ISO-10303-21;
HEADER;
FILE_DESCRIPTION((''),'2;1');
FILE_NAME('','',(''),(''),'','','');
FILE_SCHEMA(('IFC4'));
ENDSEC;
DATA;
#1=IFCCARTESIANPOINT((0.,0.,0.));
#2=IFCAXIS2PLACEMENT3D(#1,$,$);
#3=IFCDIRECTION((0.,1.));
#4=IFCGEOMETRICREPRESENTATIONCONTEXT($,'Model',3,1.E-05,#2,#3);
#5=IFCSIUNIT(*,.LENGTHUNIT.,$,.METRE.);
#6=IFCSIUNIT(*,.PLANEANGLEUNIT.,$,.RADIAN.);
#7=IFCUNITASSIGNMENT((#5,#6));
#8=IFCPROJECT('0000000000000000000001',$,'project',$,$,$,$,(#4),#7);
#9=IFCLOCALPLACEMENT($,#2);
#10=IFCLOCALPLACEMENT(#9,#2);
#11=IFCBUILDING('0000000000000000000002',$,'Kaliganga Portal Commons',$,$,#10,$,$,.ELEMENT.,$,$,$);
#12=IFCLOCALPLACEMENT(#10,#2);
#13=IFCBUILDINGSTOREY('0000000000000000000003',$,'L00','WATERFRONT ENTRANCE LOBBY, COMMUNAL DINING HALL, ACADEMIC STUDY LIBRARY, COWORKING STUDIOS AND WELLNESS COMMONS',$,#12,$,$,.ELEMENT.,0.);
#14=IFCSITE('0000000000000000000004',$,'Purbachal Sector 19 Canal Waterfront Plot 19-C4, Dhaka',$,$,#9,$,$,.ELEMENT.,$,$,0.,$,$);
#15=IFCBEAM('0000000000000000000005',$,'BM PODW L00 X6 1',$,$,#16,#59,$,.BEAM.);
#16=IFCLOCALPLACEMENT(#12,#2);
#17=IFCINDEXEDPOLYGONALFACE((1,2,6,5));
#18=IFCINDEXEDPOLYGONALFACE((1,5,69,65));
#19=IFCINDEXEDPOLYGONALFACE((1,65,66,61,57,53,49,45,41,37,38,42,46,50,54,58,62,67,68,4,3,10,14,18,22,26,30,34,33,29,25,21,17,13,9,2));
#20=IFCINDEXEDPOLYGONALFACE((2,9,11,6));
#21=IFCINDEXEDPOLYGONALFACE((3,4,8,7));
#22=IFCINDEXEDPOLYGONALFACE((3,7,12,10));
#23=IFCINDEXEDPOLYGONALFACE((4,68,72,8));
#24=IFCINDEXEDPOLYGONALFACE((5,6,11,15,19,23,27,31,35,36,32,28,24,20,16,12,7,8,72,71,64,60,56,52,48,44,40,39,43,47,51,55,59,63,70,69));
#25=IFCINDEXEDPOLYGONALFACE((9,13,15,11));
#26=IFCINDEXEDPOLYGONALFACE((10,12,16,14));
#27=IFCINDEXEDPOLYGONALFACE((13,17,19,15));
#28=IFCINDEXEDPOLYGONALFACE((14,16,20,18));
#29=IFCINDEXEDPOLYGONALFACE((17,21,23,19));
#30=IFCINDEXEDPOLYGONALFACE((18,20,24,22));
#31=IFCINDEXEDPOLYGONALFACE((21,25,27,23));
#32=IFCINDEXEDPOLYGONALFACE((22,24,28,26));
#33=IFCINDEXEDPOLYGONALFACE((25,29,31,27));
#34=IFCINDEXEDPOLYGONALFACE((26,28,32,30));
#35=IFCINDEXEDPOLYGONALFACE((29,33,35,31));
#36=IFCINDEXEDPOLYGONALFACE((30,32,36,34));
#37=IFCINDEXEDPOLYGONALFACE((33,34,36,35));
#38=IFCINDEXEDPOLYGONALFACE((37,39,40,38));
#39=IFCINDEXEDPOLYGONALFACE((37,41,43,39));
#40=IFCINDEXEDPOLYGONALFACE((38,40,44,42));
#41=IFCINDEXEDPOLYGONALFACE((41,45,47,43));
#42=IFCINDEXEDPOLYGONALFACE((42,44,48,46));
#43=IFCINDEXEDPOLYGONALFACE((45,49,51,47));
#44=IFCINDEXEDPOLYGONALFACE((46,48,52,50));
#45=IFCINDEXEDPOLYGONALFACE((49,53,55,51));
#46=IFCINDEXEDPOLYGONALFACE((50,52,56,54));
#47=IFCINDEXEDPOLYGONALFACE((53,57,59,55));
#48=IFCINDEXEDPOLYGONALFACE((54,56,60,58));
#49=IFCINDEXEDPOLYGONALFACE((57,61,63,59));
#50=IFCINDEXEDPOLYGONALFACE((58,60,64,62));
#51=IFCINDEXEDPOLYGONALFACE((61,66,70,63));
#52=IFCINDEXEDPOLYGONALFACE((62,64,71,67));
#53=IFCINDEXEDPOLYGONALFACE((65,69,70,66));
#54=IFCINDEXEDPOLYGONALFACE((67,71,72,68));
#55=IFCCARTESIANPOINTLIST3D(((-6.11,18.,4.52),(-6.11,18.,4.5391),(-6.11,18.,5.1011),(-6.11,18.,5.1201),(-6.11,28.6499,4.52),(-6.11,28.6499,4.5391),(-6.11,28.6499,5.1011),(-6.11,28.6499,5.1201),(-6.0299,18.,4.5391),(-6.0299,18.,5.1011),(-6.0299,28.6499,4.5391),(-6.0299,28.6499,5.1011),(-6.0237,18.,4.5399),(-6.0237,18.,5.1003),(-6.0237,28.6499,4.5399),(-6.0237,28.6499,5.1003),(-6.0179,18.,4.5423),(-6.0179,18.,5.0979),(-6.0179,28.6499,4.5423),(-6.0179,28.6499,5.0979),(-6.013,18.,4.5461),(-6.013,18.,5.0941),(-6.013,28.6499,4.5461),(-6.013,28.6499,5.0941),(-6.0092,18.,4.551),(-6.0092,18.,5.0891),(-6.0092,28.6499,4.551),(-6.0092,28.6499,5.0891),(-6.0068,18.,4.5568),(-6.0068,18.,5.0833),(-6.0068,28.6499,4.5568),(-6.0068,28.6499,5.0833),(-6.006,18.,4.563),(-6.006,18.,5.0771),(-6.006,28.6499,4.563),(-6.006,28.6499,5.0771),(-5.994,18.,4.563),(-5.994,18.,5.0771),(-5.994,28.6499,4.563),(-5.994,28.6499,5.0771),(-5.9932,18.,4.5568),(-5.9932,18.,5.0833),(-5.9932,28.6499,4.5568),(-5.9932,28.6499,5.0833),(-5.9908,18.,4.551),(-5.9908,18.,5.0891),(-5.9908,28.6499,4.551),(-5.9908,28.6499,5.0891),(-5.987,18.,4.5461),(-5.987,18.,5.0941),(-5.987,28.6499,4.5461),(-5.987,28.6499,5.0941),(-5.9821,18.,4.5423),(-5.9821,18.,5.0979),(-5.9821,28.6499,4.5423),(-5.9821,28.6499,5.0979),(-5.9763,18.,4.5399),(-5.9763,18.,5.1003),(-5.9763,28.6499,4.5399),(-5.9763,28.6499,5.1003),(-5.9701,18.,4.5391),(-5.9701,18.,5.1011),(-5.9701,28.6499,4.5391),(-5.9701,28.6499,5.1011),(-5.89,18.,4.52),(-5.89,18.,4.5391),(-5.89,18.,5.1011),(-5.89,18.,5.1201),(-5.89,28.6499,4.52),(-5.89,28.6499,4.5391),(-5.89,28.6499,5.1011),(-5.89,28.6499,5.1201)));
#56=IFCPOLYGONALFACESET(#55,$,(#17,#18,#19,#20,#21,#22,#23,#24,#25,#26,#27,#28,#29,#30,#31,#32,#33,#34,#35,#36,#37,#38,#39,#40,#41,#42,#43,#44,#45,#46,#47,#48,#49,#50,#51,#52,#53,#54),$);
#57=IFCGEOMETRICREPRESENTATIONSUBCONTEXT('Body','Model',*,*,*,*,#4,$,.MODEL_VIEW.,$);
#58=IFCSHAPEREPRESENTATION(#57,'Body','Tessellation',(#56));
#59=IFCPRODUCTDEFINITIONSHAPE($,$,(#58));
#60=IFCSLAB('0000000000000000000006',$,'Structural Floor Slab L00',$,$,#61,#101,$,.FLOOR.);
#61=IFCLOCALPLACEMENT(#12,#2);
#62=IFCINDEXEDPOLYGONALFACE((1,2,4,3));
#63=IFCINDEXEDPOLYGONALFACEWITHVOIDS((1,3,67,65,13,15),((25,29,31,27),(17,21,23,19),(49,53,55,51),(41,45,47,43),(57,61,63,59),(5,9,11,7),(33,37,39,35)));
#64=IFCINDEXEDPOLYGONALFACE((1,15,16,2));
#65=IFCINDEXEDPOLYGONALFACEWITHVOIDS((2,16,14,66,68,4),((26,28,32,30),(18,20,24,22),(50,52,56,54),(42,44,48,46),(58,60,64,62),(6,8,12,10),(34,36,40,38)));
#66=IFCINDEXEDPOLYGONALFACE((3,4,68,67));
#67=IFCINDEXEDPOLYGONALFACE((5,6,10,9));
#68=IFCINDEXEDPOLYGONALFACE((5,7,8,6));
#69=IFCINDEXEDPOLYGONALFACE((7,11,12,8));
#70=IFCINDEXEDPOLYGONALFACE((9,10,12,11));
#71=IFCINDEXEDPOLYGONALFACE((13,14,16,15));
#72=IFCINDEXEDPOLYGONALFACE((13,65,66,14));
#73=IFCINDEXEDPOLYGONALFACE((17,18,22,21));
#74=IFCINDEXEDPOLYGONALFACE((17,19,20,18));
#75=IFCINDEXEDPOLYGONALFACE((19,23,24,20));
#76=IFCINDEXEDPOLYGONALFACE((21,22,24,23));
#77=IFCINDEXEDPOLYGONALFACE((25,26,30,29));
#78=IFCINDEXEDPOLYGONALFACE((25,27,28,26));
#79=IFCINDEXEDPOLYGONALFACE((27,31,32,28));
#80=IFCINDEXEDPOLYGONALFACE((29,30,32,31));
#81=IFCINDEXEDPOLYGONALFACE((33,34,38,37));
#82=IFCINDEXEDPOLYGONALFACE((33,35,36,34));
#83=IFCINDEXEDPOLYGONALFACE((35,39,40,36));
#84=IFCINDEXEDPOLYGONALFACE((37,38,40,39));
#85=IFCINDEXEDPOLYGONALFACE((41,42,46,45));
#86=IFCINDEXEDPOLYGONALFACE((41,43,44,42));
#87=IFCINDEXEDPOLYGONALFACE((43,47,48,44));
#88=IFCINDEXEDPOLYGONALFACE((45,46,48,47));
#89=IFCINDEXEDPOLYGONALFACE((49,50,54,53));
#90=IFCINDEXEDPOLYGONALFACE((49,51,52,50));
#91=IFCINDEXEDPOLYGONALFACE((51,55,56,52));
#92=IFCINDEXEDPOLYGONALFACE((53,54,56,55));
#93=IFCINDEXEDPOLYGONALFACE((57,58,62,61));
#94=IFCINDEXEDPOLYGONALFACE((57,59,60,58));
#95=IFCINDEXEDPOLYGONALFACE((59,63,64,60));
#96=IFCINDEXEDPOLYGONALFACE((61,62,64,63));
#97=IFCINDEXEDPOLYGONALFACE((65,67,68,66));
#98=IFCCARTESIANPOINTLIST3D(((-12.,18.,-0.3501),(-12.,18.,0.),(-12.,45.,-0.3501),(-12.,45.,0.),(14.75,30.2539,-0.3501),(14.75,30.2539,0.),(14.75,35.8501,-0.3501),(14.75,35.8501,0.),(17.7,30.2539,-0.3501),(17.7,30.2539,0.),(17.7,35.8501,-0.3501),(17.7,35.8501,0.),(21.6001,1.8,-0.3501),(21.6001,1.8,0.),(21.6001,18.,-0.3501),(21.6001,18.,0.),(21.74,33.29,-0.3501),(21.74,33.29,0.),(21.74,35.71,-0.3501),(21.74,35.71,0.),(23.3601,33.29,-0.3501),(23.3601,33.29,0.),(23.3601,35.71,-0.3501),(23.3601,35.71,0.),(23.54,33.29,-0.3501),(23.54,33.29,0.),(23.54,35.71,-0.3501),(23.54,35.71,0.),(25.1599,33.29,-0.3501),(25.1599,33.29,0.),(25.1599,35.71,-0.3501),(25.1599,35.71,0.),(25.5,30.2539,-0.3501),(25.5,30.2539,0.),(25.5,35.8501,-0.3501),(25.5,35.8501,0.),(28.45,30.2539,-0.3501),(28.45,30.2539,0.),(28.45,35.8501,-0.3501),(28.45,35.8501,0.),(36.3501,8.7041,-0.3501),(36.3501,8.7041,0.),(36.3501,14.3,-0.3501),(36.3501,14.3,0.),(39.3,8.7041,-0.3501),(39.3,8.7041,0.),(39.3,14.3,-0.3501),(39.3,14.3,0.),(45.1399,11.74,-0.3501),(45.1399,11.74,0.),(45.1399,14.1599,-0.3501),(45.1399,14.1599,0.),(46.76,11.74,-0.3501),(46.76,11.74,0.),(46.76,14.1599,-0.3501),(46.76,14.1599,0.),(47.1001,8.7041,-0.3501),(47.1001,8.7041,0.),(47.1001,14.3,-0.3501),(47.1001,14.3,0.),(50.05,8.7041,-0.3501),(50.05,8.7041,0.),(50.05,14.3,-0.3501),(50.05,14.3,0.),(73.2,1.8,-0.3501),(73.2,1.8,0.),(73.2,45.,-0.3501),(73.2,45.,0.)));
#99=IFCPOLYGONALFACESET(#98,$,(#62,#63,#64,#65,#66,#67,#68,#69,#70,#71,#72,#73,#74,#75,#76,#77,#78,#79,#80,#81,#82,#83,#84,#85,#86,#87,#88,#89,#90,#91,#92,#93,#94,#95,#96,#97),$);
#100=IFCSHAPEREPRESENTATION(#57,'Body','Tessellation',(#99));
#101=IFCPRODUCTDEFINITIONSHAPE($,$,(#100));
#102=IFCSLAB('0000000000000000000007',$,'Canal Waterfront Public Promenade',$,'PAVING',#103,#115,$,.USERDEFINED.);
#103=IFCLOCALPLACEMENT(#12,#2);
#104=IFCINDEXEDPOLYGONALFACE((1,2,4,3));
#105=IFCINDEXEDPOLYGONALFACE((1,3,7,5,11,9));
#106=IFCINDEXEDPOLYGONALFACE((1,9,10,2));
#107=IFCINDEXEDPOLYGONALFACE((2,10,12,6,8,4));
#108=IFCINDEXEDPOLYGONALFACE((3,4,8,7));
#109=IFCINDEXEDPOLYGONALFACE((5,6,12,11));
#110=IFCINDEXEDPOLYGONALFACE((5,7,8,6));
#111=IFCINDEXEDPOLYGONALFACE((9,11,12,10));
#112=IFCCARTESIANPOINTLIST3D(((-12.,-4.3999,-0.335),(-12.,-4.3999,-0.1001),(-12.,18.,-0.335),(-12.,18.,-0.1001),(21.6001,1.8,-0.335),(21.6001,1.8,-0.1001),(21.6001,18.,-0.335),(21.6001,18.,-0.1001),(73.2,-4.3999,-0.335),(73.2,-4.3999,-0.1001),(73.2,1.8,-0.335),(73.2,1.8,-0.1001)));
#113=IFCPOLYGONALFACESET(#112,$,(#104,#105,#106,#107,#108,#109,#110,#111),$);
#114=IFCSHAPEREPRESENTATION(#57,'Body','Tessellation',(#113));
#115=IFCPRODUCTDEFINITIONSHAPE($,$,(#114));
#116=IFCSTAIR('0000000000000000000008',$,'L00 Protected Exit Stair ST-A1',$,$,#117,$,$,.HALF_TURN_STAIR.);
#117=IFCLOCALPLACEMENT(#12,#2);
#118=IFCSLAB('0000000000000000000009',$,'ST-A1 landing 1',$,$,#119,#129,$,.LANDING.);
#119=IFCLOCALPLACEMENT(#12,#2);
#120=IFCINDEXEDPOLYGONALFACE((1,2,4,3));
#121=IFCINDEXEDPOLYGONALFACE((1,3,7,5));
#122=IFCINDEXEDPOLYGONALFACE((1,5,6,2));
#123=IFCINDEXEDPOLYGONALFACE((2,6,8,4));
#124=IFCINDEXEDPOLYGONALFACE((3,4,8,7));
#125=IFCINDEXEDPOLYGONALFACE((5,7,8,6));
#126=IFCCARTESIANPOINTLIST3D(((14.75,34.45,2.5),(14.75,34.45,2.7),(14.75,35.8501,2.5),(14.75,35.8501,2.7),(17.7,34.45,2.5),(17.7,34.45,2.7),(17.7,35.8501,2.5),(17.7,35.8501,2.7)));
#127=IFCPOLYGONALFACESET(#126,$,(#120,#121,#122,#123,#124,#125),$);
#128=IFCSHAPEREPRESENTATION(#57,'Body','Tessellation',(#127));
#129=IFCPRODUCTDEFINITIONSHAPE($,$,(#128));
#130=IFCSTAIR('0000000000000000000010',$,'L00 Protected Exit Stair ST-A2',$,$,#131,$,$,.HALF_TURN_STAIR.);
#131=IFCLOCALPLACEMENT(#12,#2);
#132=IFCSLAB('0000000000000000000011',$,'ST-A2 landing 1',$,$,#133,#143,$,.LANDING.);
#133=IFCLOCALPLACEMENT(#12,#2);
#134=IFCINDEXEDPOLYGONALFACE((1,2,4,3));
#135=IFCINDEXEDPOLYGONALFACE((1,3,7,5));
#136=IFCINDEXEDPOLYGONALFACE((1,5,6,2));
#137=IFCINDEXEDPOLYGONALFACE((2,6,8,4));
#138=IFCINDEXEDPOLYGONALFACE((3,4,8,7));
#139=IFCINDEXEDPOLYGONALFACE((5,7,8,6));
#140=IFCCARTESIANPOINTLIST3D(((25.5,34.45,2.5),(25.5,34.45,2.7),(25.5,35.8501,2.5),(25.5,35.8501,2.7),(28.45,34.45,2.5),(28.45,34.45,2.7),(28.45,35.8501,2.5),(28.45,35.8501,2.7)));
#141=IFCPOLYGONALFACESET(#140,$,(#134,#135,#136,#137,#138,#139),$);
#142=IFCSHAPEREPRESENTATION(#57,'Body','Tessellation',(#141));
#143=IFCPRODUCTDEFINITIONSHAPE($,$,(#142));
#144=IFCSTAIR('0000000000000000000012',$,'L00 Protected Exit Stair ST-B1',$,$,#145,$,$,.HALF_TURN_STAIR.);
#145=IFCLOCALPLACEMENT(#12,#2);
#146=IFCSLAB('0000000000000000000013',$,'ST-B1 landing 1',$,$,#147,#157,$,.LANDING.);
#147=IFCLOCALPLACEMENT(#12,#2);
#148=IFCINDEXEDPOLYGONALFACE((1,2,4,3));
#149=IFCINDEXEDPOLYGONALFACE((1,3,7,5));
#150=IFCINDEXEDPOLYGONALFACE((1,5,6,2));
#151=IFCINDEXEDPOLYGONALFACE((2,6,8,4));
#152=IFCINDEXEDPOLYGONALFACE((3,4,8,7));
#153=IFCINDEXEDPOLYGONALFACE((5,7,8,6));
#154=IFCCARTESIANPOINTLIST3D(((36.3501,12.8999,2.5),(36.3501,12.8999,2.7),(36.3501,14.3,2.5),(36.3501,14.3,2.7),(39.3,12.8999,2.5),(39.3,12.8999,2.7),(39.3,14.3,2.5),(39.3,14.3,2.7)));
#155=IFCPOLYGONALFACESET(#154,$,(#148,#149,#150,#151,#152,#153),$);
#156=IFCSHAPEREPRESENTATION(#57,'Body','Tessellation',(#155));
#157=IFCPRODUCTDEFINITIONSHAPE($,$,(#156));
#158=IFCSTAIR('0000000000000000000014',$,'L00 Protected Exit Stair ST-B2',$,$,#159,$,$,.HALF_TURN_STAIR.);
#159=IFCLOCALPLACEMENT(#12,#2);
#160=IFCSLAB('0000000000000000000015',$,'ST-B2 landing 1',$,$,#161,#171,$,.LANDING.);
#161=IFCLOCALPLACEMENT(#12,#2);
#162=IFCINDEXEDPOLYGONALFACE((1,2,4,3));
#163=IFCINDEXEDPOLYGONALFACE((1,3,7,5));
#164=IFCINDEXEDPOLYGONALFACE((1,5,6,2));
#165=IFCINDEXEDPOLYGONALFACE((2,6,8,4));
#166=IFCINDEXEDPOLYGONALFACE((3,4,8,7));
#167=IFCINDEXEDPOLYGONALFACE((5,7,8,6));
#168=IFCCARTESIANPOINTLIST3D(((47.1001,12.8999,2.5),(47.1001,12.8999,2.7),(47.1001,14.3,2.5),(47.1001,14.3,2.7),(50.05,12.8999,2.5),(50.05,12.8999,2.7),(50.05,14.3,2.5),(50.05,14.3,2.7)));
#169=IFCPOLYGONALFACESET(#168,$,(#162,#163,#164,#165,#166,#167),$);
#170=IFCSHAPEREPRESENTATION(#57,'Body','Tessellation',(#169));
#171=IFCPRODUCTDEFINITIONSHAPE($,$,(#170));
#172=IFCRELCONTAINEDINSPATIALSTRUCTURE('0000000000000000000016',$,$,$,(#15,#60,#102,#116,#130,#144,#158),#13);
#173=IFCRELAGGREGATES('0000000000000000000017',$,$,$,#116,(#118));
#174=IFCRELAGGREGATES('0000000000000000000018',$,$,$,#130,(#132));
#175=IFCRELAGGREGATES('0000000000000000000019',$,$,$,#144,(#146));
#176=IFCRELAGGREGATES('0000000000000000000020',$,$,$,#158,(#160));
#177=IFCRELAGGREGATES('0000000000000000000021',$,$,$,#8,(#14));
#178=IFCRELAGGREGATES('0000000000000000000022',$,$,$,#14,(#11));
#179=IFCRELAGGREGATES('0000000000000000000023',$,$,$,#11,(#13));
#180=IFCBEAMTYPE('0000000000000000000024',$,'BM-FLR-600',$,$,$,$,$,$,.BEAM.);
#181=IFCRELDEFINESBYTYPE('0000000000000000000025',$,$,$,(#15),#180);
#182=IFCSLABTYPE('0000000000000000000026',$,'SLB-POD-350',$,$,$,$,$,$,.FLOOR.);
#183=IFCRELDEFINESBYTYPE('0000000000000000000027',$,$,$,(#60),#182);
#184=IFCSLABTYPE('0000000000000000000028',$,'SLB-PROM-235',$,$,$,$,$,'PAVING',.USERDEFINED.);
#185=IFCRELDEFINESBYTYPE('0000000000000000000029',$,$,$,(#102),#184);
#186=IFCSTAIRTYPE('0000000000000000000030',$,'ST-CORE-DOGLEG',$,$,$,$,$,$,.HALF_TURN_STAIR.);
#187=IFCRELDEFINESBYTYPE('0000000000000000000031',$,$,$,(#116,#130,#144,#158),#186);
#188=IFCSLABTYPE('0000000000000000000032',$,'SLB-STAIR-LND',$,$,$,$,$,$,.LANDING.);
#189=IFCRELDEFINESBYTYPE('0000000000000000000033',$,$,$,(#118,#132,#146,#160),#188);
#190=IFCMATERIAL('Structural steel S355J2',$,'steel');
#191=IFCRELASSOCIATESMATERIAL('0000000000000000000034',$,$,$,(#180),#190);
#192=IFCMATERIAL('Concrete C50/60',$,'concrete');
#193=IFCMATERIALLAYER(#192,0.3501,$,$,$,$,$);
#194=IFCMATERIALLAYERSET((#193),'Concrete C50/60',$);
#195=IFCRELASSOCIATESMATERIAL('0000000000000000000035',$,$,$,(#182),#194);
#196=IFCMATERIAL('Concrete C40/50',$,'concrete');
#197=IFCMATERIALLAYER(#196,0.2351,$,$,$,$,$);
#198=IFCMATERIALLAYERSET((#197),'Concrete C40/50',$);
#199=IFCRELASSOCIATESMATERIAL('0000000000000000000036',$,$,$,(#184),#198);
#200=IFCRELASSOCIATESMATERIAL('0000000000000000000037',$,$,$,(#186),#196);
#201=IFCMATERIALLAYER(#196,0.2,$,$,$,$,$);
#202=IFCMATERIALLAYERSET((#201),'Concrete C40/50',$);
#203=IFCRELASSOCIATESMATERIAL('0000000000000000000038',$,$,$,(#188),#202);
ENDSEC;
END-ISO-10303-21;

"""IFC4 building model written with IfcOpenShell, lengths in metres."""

from ifc_helpers import new_model, si_unit, direction, frame, origin, origin_2d, place, context, subcontext, project, spatial, polyline, i_section, outline, extrude, source, transform, mapped, material, layer, layer_set, material_profile, profile_set, type_object, element, aggregate, save


model = new_model("IFC4")

# Units and contexts
model_context = context("Model", 3, precision=1e-05, world=origin(), true_north=direction((0.0, 1.0)))
body_context = subcontext(model_context, "Body", "Model", "MODEL_VIEW")
ifc_project = project(units=[si_unit("LENGTHUNIT", "METRE"), si_unit("PLANEANGLEUNIT", "RADIAN")], contexts=[model_context])

# Site, building, storey
site_placement = place(None, origin())
site = spatial("IfcSite", under=ifc_project, at=site_placement, Name="Purbachal Sector 19 Canal Waterfront Plot 19-C4, Dhaka", CompositionType="ELEMENT", RefElevation=0.0)
building_placement = place(site_placement, origin())
building = spatial("IfcBuilding", under=site, at=building_placement, Name="Kaliganga Portal Commons", CompositionType="ELEMENT")
storey_placement = place(building_placement, origin())
storey = spatial("IfcBuildingStorey", under=building, at=storey_placement, Name="L00", Description="WATERFRONT ENTRANCE LOBBY, COMMUNAL DINING HALL, ACADEMIC STUDY LIBRARY, COWORKING STUDIOS AND WELLNESS COMMONS", CompositionType="ELEMENT", Elevation=0.0)

# Beam
ifc_material_1 = material(Name="Structural steel S355J2", Category="steel")
ifc_material_profile_1 = material_profile(ifc_material_1, i_section(OverallWidth=0.22, OverallDepth=0.6001, WebThickness=0.012, FlangeThickness=0.019, FilletRadius=0.0239, at=origin_2d()), Name="IPE 600")
ifc_profile_set_1 = profile_set([ifc_material_profile_1], Name="Structural steel S355J2 wide-flange")
beam_type_1 = type_object("IfcBeamType", Name="BM-FLR-600", PredefinedType="BEAM", material=ifc_profile_set_1)
shared_shape_1 = source(origin(), body_context, "Body", "SweptSolid", [
    extrude(i_section(OverallWidth=0.22, OverallDepth=0.6001, WebThickness=0.012, FlangeThickness=0.019, FilletRadius=0.0239, at=origin_2d()), origin(), (0.0, 0.0, 1.0), 10.6499),
])
for number, where, z_axis, x_axis, name in (
    (1, (-6.0, 18.0, 4.8201), (0.0, 1.0, 0.0), (-1.0, 0.0, 0.0), "BM PODW L00 X6 1"),
):
    element("IfcBeam", number, at=place(storey_placement, frame(where, z_axis=z_axis, x_axis=x_axis)), inside=storey, type_object=beam_type_1, Name=name, PredefinedType="BEAM", context=body_context, shape_type="MappedRepresentation", body=[
        mapped(shared_shape_1, transform((0.0, 0.0, 0.0), x_axis=(1.0, 0.0, 0.0), y_axis=(0.0, 1.0, 0.0), z_axis=(0.0, 0.0, 1.0), scale=1.0)),
    ])

# Slabs
ifc_material_2 = material(Name="Concrete C50/60", Category="concrete")
ifc_layer_1 = layer(ifc_material_2, 0.3501)
ifc_layer_set_1 = layer_set([ifc_layer_1], Name="Concrete C50/60")
slab_type_1 = type_object("IfcSlabType", Name="SLB-POD-350", PredefinedType="FLOOR", material=ifc_layer_set_1)
slab_1_placement = place(storey_placement, frame((0.0, 0.0, -0.3501)))
element("IfcSlab", 2, at=slab_1_placement, inside=storey, type_object=slab_type_1, Name="Structural Floor Slab L00", PredefinedType="FLOOR", context=body_context, shape_type="SweptSolid", body=[
    extrude(outline(polyline([(21.6001, 1.8), (73.2, 1.8), (73.2, 45.0), (-12.0, 45.0), (-12.0, 18.0), (21.6001, 18.0), (21.6001, 1.8)]), holes=[polyline([(14.75, 30.2539), (14.75, 35.8501), (17.7, 35.8501), (17.7, 30.2539), (14.75, 30.2539)]), polyline([(25.5, 30.2539), (25.5, 35.8501), (28.45, 35.8501), (28.45, 30.2539), (25.5, 30.2539)]), polyline([(36.3501, 8.7041), (36.3501, 14.3), (39.3, 14.3), (39.3, 8.7041), (36.3501, 8.7041)]), polyline([(47.1001, 8.7041), (47.1001, 14.3), (50.05, 14.3), (50.05, 8.7041), (47.1001, 8.7041)]), polyline([(21.74, 33.29), (21.74, 35.71), (23.3601, 35.71), (23.3601, 33.29), (21.74, 33.29)]), polyline([(23.54, 33.29), (23.54, 35.71), (25.1599, 35.71), (25.1599, 33.29), (23.54, 33.29)]), polyline([(45.1399, 11.74), (45.1399, 14.1599), (46.76, 14.1599), (46.76, 11.74), (45.1399, 11.74)])]), origin(), (0.0, 0.0, 1.0), 0.3501),
])
ifc_material_3 = material(Name="Concrete C40/50", Category="concrete")
ifc_layer_2 = layer(ifc_material_3, 0.2351)
ifc_layer_set_2 = layer_set([ifc_layer_2], Name="Concrete C40/50")
slab_type_2 = type_object("IfcSlabType", Name="SLB-PROM-235", ElementType="PAVING", PredefinedType="USERDEFINED", material=ifc_layer_set_2)
slab_2_placement = place(storey_placement, frame((0.0, 0.0, -0.335)))
element("IfcSlab", 3, at=slab_2_placement, inside=storey, type_object=slab_type_2, Name="Canal Waterfront Public Promenade", ObjectType="PAVING", PredefinedType="USERDEFINED", context=body_context, shape_type="SweptSolid", body=[
    extrude(outline(polyline([(-12.0, -4.3999), (73.2, -4.3999), (73.2, 1.8), (21.6001, 1.8), (21.6001, 18.0), (-12.0, 18.0), (-12.0, -4.3999)])), origin(), (0.0, 0.0, 1.0), 0.2349),
])

# Stairs, slabs
stair_type = type_object("IfcStairType", Name="ST-CORE-DOGLEG", PredefinedType="HALF_TURN_STAIR", material=ifc_material_3)
stair_1_placement = place(storey_placement, origin())
stair_1 = element("IfcStair", 4, at=stair_1_placement, inside=storey, type_object=stair_type, Name="L00 Protected Exit Stair ST-A1", PredefinedType="HALF_TURN_STAIR")
ifc_layer_3 = layer(ifc_material_3, 0.2)
ifc_layer_set_3 = layer_set([ifc_layer_3], Name="Concrete C40/50")
slab_type_3 = type_object("IfcSlabType", Name="SLB-STAIR-LND", PredefinedType="LANDING", material=ifc_layer_set_3)
slab_3_placement = place(storey_placement, frame((0.0, 0.0, 2.5)))
slab_3 = element("IfcSlab", 5, at=slab_3_placement, type_object=slab_type_3, Name="ST-A1 landing 1", PredefinedType="LANDING", context=body_context, shape_type="SweptSolid", body=[
    extrude(outline(polyline([(17.7, 34.45), (17.7, 35.8501), (14.75, 35.8501), (14.75, 34.45), (17.7, 34.45)])), origin(), (0.0, 0.0, 1.0), 0.2),
])
aggregate(stair_1, [slab_3])
stair_2_placement = place(storey_placement, origin())
stair_2 = element("IfcStair", 6, at=stair_2_placement, inside=storey, type_object=stair_type, Name="L00 Protected Exit Stair ST-A2", PredefinedType="HALF_TURN_STAIR")
slab_4_placement = place(storey_placement, frame((0.0, 0.0, 2.5)))
slab_4 = element("IfcSlab", 7, at=slab_4_placement, type_object=slab_type_3, Name="ST-A2 landing 1", PredefinedType="LANDING", context=body_context, shape_type="SweptSolid", body=[
    extrude(outline(polyline([(28.45, 34.45), (28.45, 35.8501), (25.5, 35.8501), (25.5, 34.45), (28.45, 34.45)])), origin(), (0.0, 0.0, 1.0), 0.2),
])
aggregate(stair_2, [slab_4])
stair_3_placement = place(storey_placement, origin())
stair_3 = element("IfcStair", 8, at=stair_3_placement, inside=storey, type_object=stair_type, Name="L00 Protected Exit Stair ST-B1", PredefinedType="HALF_TURN_STAIR")
slab_5_placement = place(storey_placement, frame((0.0, 0.0, 2.5)))
slab_5 = element("IfcSlab", 9, at=slab_5_placement, type_object=slab_type_3, Name="ST-B1 landing 1", PredefinedType="LANDING", context=body_context, shape_type="SweptSolid", body=[
    extrude(outline(polyline([(39.3, 12.8999), (39.3, 14.3), (36.3501, 14.3), (36.3501, 12.8999), (39.3, 12.8999)])), origin(), (0.0, 0.0, 1.0), 0.2),
])
aggregate(stair_3, [slab_5])
stair_4_placement = place(storey_placement, origin())
stair_4 = element("IfcStair", 10, at=stair_4_placement, inside=storey, type_object=stair_type, Name="L00 Protected Exit Stair ST-B2", PredefinedType="HALF_TURN_STAIR")
slab_6_placement = place(storey_placement, frame((0.0, 0.0, 2.5)))
slab_6 = element("IfcSlab", 11, at=slab_6_placement, type_object=slab_type_3, Name="ST-B2 landing 1", PredefinedType="LANDING", context=body_context, shape_type="SweptSolid", body=[
    extrude(outline(polyline([(50.05, 12.8999), (50.05, 14.3), (47.1001, 14.3), (47.1001, 12.8999), (50.05, 12.8999)])), origin(), (0.0, 0.0, 1.0), 0.2),
])
aggregate(stair_4, [slab_6])

save(model, "model.ifc")
